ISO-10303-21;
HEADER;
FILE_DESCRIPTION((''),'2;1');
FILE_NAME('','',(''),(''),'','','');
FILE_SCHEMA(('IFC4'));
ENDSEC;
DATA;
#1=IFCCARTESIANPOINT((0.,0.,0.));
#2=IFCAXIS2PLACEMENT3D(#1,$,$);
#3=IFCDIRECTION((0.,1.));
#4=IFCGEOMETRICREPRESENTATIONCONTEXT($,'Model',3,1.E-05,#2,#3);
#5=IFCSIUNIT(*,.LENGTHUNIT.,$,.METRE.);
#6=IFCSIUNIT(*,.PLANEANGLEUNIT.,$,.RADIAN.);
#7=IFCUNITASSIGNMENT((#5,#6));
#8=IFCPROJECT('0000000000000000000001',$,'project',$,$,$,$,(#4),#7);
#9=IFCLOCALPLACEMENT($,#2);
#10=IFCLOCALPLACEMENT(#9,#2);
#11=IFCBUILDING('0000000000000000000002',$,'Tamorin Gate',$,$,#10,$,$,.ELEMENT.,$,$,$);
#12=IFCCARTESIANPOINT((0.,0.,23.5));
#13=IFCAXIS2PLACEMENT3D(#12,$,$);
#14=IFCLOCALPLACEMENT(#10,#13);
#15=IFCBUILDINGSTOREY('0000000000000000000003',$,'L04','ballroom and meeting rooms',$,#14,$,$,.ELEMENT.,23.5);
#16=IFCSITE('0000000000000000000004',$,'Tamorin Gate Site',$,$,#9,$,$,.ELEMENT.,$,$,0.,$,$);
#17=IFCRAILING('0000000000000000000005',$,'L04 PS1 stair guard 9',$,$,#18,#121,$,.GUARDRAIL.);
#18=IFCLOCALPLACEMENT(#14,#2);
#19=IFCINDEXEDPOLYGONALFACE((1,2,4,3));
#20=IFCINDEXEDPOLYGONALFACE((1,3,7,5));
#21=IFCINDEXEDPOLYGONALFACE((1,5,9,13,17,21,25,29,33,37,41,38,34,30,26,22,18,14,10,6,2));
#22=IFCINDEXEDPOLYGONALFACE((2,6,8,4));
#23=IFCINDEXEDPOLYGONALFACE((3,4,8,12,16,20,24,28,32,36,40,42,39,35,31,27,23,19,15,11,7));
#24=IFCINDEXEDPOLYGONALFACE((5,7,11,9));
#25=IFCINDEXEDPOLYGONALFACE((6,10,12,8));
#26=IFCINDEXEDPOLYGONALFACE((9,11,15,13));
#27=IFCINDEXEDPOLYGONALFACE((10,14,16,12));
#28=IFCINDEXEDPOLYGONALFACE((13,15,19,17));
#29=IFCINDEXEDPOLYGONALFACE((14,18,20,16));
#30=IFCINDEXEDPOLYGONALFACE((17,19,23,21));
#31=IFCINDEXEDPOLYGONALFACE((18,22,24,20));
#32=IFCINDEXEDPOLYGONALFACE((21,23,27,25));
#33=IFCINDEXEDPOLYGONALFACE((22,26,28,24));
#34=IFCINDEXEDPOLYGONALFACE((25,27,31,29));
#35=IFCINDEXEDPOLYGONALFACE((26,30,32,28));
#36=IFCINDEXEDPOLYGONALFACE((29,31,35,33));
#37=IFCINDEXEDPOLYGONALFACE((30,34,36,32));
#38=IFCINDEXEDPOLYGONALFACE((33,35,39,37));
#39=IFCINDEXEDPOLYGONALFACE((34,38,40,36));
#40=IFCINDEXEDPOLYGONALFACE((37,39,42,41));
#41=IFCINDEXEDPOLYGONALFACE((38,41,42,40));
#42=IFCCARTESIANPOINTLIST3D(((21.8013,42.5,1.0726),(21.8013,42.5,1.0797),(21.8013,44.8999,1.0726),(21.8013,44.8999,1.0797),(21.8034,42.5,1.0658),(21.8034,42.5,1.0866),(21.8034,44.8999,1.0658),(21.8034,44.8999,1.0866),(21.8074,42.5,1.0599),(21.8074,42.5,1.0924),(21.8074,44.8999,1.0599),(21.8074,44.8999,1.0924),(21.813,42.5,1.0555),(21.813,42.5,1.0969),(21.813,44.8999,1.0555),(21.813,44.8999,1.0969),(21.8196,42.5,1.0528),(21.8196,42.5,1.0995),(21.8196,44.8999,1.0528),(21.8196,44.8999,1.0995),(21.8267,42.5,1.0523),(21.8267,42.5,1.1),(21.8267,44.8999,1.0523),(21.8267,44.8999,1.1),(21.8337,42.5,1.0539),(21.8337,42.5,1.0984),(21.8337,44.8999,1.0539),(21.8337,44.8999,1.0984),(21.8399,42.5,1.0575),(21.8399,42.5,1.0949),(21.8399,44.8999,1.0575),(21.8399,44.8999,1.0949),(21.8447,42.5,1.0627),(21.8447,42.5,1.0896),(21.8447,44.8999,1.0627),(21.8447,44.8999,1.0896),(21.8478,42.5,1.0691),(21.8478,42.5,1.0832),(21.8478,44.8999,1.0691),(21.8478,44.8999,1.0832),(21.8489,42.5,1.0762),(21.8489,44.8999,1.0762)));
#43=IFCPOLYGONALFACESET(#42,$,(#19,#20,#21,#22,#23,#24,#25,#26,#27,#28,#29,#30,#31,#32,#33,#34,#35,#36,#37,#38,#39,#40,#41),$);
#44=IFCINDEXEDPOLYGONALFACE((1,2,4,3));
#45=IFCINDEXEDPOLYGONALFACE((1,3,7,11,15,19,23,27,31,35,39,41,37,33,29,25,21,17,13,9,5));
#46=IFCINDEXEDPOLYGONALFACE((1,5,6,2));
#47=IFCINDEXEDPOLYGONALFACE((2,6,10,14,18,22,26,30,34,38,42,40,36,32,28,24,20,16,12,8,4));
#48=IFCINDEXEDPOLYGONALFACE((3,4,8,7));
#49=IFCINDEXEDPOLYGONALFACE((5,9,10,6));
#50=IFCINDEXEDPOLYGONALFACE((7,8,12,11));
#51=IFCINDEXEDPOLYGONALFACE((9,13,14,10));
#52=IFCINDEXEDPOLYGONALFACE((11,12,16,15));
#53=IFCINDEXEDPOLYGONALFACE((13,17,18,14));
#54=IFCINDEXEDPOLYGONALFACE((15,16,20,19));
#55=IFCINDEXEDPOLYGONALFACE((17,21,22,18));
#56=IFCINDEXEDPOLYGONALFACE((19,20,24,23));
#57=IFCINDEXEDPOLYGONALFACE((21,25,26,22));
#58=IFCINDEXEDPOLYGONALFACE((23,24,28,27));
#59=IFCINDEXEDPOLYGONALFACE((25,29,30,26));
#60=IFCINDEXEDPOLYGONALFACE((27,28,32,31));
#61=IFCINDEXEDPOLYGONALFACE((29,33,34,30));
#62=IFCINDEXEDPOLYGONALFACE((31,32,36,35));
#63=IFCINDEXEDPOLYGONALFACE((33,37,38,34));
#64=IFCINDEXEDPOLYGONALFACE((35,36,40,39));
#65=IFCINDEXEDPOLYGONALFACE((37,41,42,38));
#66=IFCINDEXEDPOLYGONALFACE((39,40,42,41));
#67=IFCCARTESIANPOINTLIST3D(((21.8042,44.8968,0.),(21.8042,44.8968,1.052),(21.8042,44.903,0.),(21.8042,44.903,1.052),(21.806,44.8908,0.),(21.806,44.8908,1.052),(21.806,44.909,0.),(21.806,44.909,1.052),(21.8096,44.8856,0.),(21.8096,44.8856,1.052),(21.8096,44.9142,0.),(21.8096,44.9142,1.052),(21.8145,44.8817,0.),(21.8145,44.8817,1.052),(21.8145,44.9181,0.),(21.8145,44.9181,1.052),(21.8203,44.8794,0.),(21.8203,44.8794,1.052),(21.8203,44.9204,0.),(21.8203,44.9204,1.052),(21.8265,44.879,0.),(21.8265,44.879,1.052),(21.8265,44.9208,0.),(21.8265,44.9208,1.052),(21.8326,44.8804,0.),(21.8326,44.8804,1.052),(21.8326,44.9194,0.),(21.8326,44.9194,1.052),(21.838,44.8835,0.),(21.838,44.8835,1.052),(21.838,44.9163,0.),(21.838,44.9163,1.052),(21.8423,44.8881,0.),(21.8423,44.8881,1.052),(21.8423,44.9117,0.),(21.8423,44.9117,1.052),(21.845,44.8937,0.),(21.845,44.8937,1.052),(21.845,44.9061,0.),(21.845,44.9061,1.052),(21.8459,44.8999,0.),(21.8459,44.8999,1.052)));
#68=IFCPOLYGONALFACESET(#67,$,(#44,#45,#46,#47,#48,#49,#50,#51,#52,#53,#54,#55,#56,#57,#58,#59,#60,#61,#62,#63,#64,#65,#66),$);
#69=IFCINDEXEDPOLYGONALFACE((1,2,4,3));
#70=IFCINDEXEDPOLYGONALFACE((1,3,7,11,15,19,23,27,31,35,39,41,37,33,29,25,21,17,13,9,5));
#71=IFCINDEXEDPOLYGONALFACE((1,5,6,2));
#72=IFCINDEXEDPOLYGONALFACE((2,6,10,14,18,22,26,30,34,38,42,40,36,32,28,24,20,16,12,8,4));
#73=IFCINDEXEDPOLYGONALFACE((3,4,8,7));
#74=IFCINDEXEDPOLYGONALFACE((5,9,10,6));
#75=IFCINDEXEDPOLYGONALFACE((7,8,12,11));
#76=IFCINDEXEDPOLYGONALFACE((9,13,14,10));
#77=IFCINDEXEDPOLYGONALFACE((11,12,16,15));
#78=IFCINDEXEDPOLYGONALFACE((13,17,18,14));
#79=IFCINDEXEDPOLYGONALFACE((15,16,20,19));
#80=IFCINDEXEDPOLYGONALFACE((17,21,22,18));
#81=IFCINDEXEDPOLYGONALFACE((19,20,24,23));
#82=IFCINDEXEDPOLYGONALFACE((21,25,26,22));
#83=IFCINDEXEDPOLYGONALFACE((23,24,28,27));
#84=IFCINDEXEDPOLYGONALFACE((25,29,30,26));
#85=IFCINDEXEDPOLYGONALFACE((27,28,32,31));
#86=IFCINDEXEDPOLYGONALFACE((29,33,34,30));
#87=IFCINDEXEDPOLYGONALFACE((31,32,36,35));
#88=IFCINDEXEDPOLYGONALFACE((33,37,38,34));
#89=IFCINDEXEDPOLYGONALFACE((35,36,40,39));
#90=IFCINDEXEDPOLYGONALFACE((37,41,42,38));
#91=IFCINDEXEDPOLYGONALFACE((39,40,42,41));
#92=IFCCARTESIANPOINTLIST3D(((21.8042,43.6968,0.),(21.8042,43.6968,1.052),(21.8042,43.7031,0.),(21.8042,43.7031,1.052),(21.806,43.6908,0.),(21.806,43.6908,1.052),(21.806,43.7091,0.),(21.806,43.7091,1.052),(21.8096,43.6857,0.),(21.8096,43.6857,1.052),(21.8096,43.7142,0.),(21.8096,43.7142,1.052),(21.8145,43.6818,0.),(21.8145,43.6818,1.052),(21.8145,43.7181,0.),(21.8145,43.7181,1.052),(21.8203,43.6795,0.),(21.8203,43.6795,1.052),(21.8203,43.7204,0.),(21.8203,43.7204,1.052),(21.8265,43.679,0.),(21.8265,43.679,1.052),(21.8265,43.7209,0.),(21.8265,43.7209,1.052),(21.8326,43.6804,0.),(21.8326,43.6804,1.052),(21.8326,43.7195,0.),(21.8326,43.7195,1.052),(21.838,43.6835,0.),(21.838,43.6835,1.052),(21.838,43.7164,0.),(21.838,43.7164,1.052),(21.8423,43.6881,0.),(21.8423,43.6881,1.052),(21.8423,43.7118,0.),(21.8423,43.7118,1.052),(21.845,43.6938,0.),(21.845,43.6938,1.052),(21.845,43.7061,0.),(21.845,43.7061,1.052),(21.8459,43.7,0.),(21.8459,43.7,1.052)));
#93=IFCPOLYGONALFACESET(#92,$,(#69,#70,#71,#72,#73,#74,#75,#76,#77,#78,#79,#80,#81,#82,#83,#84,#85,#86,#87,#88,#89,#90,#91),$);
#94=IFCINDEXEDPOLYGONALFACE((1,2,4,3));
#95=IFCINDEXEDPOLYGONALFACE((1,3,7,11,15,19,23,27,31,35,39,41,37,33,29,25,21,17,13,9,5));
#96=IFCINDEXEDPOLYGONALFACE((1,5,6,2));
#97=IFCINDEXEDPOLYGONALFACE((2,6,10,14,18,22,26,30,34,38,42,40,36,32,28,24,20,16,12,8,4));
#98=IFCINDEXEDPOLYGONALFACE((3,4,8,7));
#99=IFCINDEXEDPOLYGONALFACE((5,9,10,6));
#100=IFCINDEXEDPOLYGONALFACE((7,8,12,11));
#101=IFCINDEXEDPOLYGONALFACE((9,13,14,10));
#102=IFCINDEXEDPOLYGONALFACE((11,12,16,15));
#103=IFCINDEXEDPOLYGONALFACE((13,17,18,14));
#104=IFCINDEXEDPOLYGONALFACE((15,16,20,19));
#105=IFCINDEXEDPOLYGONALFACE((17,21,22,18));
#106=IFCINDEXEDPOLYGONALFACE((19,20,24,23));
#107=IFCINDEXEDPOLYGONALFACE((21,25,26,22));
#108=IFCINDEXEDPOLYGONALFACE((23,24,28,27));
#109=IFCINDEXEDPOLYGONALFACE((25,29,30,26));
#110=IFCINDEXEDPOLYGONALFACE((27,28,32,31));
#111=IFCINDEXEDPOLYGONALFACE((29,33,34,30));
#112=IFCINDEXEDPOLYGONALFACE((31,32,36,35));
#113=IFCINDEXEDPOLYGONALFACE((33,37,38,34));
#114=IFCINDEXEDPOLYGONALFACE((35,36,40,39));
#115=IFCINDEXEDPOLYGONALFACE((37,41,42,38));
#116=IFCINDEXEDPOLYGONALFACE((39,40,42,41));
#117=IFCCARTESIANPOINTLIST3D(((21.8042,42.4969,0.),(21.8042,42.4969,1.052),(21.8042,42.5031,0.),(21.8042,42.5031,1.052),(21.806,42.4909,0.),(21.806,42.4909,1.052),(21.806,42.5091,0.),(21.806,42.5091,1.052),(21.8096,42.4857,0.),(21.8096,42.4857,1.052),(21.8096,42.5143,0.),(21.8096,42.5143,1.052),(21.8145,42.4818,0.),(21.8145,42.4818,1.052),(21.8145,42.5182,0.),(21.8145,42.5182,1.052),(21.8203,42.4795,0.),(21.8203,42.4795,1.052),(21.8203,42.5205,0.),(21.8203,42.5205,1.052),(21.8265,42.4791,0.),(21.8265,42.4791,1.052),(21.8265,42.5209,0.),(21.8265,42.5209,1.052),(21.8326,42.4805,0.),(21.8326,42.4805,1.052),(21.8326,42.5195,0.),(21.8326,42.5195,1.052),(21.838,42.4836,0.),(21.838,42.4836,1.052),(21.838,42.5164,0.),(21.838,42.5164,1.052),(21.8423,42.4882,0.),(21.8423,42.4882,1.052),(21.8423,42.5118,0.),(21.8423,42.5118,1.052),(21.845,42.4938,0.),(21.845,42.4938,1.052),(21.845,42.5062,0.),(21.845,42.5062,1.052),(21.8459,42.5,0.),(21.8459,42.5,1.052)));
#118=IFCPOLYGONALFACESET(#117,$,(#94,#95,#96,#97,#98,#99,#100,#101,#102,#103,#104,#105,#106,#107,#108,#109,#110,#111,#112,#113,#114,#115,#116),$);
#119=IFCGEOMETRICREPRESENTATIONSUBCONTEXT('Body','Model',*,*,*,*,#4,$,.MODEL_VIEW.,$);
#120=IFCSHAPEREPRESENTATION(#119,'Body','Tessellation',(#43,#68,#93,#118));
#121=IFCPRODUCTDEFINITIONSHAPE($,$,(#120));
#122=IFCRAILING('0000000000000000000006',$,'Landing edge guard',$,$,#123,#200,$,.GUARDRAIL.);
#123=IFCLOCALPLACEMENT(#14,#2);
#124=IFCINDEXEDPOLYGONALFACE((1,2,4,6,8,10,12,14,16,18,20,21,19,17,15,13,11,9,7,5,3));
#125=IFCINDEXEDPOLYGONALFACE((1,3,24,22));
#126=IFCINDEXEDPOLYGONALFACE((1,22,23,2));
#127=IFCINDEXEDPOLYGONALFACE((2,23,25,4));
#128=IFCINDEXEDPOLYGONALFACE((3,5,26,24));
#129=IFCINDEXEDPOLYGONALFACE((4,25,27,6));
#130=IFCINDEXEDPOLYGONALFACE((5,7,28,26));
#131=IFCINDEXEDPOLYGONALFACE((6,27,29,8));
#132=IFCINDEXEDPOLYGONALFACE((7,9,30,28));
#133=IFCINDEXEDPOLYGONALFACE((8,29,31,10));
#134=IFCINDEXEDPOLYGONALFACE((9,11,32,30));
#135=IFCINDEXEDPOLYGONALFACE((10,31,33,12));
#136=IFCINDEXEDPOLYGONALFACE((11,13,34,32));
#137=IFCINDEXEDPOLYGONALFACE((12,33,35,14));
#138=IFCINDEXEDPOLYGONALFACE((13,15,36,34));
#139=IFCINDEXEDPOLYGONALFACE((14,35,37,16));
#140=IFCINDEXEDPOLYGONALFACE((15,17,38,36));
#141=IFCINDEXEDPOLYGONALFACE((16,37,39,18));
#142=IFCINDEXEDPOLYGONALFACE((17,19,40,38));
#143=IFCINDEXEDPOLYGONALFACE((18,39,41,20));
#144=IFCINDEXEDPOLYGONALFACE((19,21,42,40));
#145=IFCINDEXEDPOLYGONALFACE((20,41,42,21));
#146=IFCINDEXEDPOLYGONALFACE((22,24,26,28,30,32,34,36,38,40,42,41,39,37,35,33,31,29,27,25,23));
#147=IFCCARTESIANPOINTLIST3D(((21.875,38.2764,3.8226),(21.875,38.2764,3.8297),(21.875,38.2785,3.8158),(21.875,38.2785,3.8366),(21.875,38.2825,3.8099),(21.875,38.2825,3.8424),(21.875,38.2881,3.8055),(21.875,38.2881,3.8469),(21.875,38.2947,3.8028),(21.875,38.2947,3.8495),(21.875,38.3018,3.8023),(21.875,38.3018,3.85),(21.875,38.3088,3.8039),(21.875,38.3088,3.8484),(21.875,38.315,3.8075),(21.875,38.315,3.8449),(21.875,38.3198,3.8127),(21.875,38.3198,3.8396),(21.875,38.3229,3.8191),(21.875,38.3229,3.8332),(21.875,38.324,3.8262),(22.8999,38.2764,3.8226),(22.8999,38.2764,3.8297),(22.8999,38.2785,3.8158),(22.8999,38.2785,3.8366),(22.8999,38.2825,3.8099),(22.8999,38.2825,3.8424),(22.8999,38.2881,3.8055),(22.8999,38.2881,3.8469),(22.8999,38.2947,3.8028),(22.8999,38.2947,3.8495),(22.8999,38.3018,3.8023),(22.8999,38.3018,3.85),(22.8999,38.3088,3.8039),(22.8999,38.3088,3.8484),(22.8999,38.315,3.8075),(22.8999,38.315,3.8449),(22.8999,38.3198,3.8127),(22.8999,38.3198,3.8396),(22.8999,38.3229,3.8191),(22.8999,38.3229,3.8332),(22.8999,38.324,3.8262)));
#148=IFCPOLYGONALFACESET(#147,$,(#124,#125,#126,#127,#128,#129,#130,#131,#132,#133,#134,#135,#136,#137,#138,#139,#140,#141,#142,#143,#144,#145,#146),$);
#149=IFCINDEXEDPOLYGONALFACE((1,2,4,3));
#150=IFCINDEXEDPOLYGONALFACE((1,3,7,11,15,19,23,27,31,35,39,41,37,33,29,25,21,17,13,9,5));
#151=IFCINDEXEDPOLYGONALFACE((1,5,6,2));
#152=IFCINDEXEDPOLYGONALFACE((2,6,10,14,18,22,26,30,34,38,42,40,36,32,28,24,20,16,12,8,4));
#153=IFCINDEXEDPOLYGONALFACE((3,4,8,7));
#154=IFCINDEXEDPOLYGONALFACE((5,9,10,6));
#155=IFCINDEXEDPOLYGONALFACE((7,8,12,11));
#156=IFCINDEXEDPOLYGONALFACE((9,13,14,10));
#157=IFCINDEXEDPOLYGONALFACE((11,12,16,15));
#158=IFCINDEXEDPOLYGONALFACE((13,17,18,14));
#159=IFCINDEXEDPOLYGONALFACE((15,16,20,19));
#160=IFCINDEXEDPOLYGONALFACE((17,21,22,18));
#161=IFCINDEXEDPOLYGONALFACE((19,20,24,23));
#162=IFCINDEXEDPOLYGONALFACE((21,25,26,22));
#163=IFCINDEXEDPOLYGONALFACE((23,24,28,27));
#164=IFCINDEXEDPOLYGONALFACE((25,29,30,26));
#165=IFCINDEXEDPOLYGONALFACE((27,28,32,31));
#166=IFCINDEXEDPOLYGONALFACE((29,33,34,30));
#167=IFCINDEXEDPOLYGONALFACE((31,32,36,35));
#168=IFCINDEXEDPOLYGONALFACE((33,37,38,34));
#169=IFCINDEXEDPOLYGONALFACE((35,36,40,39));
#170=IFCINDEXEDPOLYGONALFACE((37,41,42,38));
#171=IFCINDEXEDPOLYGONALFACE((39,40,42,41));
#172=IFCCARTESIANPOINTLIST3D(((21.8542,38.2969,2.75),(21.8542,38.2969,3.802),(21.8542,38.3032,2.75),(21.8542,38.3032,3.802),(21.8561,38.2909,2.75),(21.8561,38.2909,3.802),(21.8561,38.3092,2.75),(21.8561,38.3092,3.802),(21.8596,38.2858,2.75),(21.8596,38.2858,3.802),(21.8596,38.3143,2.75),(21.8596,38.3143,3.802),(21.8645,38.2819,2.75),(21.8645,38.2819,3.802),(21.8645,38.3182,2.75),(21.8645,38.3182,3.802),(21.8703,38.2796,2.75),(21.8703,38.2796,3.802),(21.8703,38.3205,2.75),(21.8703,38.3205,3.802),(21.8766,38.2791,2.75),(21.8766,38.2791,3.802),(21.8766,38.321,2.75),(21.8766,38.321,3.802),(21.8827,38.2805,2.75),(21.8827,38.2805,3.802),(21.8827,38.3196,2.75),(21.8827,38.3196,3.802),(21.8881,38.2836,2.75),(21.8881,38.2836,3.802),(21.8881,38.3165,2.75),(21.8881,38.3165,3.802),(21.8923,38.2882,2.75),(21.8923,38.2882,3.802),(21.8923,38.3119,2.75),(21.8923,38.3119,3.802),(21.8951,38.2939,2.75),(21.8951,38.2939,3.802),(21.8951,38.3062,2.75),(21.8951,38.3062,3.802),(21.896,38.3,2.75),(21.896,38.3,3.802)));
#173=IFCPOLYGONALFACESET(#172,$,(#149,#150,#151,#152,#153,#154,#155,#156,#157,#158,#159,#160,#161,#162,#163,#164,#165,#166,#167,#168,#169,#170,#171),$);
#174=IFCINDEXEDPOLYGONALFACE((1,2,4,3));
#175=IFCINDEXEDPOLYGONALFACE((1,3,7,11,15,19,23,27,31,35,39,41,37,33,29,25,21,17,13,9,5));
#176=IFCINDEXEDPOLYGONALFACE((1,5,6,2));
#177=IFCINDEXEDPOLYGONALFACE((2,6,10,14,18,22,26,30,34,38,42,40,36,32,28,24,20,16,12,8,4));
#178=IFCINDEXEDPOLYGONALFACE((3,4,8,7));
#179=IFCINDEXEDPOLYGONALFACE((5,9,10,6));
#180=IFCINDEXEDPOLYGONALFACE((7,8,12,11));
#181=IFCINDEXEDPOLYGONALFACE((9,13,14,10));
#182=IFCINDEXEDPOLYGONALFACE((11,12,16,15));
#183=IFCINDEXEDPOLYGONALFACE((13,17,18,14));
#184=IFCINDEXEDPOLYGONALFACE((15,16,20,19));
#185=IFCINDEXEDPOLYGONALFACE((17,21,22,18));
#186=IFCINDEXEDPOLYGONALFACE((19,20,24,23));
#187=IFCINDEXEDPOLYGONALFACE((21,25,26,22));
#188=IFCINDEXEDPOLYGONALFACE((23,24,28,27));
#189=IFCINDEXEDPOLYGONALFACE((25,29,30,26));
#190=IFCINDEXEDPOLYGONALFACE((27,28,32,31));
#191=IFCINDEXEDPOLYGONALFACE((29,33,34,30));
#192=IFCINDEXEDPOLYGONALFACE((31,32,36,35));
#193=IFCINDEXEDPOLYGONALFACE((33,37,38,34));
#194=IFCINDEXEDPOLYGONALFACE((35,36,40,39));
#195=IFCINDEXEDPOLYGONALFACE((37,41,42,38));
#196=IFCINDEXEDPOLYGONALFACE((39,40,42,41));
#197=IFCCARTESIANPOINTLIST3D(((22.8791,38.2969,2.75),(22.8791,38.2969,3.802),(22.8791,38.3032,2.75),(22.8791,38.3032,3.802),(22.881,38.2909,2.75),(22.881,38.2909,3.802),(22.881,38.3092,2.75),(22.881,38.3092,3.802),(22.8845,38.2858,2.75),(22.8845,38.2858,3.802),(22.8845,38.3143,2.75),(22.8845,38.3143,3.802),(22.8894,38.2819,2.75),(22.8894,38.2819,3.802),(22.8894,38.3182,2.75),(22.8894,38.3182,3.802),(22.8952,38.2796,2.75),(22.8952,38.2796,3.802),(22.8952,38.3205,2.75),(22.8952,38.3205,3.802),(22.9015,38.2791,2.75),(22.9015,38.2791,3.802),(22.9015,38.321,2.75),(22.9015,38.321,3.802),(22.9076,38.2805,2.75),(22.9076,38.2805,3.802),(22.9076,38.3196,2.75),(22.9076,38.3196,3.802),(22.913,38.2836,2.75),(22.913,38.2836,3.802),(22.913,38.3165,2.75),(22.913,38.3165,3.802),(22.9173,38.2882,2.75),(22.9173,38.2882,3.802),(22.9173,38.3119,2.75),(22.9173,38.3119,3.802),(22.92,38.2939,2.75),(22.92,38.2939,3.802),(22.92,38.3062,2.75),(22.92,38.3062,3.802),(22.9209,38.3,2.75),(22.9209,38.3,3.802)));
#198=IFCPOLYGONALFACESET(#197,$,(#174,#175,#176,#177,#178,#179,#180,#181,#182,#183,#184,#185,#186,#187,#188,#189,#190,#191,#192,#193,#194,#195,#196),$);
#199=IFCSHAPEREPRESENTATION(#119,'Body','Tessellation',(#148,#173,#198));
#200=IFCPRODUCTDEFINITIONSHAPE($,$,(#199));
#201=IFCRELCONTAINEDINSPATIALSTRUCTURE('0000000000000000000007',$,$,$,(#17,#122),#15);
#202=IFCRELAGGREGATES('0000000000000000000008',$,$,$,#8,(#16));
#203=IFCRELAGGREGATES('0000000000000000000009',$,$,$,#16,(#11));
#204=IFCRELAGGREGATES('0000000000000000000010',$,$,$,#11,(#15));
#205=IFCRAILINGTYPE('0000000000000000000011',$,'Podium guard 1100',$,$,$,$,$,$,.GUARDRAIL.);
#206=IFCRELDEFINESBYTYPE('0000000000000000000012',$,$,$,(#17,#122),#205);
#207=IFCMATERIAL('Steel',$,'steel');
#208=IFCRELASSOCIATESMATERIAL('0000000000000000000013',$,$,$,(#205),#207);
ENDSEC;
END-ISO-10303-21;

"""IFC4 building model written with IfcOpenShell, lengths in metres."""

from ifc_helpers import new_model, si_unit, direction, frame, origin, origin_2d, place, context, subcontext, project, spatial, circle, extrude, material, type_object, element, save


model = new_model("IFC4")

# Units and contexts
model_context = context("Model", 3, precision=1e-05, world=origin(), true_north=direction((0.0, 1.0)))
body_context = subcontext(model_context, "Body", "Model", "MODEL_VIEW")
ifc_project = project(units=[si_unit("LENGTHUNIT", "METRE"), si_unit("PLANEANGLEUNIT", "RADIAN")], contexts=[model_context])

# Site, building, storey
site_placement = place(None, origin())
site = spatial("IfcSite", under=ifc_project, at=site_placement, Name="Tamorin Gate Site", CompositionType="ELEMENT", RefElevation=0.0)
building_placement = place(site_placement, origin())
building = spatial("IfcBuilding", under=site, at=building_placement, Name="Tamorin Gate", CompositionType="ELEMENT")
storey_placement = place(building_placement, frame((0.0, 0.0, 23.5)))
storey = spatial("IfcBuildingStorey", under=building, at=storey_placement, Name="L04", Description="ballroom and meeting rooms", CompositionType="ELEMENT", Elevation=23.5)

# Railings
ifc_material_1 = material(Name="Steel", Category="steel")
railing_type_1 = type_object("IfcRailingType", Name="Podium guard 1100", PredefinedType="GUARDRAIL", material=ifc_material_1)
for number, where, name in (
    (1, (21.825, 44.8999, 0.0), "L04 PS1 stair guard 9"),
):
    element("IfcRailing", number, at=place(storey_placement, frame(where)), inside=storey, type_object=railing_type_1, Name=name, PredefinedType="GUARDRAIL", context=body_context, shape_type="SweptSolid", body=[
        extrude(circle(Radius=0.0239, at=origin_2d()), frame((0.0, 0.0, 1.0762), z_axis=(0.0, -1.0, 0.0), x_axis=(1.0, 0.0, 0.0)), (0.0, 0.0, 1.0), 2.3999),
        extrude(circle(Radius=0.021, at=origin_2d()), origin(), (0.0, 0.0, 1.0), 1.052),
        extrude(circle(Radius=0.021, at=origin_2d()), frame((0.0, -1.2, 0.0)), (0.0, 0.0, 1.0), 1.052),
        extrude(circle(Radius=0.021, at=origin_2d()), frame((0.0, -2.3999, 0.0)), (0.0, 0.0, 1.0), 1.052),
    ])
railing_1_placement = place(storey_placement, frame((21.875, 38.3, 2.75)))
element("IfcRailing", 2, at=railing_1_placement, inside=storey, type_object=railing_type_1, Name="Landing edge guard", PredefinedType="GUARDRAIL", context=body_context, shape_type="SweptSolid", body=[
    extrude(circle(Radius=0.0239, at=origin_2d()), frame((0.0, 0.0, 1.0762), z_axis=(1.0, 0.0, 0.0), x_axis=(0.0, 1.0, 0.0)), (0.0, 0.0, 1.0), 1.0249),
    extrude(circle(Radius=0.021, at=origin_2d()), origin(), (0.0, 0.0, 1.0), 1.052),
    extrude(circle(Radius=0.021, at=origin_2d()), frame((1.0249, 0.0, 0.0)), (0.0, 0.0, 1.0), 1.052),
])

save(model, "model.ifc")
